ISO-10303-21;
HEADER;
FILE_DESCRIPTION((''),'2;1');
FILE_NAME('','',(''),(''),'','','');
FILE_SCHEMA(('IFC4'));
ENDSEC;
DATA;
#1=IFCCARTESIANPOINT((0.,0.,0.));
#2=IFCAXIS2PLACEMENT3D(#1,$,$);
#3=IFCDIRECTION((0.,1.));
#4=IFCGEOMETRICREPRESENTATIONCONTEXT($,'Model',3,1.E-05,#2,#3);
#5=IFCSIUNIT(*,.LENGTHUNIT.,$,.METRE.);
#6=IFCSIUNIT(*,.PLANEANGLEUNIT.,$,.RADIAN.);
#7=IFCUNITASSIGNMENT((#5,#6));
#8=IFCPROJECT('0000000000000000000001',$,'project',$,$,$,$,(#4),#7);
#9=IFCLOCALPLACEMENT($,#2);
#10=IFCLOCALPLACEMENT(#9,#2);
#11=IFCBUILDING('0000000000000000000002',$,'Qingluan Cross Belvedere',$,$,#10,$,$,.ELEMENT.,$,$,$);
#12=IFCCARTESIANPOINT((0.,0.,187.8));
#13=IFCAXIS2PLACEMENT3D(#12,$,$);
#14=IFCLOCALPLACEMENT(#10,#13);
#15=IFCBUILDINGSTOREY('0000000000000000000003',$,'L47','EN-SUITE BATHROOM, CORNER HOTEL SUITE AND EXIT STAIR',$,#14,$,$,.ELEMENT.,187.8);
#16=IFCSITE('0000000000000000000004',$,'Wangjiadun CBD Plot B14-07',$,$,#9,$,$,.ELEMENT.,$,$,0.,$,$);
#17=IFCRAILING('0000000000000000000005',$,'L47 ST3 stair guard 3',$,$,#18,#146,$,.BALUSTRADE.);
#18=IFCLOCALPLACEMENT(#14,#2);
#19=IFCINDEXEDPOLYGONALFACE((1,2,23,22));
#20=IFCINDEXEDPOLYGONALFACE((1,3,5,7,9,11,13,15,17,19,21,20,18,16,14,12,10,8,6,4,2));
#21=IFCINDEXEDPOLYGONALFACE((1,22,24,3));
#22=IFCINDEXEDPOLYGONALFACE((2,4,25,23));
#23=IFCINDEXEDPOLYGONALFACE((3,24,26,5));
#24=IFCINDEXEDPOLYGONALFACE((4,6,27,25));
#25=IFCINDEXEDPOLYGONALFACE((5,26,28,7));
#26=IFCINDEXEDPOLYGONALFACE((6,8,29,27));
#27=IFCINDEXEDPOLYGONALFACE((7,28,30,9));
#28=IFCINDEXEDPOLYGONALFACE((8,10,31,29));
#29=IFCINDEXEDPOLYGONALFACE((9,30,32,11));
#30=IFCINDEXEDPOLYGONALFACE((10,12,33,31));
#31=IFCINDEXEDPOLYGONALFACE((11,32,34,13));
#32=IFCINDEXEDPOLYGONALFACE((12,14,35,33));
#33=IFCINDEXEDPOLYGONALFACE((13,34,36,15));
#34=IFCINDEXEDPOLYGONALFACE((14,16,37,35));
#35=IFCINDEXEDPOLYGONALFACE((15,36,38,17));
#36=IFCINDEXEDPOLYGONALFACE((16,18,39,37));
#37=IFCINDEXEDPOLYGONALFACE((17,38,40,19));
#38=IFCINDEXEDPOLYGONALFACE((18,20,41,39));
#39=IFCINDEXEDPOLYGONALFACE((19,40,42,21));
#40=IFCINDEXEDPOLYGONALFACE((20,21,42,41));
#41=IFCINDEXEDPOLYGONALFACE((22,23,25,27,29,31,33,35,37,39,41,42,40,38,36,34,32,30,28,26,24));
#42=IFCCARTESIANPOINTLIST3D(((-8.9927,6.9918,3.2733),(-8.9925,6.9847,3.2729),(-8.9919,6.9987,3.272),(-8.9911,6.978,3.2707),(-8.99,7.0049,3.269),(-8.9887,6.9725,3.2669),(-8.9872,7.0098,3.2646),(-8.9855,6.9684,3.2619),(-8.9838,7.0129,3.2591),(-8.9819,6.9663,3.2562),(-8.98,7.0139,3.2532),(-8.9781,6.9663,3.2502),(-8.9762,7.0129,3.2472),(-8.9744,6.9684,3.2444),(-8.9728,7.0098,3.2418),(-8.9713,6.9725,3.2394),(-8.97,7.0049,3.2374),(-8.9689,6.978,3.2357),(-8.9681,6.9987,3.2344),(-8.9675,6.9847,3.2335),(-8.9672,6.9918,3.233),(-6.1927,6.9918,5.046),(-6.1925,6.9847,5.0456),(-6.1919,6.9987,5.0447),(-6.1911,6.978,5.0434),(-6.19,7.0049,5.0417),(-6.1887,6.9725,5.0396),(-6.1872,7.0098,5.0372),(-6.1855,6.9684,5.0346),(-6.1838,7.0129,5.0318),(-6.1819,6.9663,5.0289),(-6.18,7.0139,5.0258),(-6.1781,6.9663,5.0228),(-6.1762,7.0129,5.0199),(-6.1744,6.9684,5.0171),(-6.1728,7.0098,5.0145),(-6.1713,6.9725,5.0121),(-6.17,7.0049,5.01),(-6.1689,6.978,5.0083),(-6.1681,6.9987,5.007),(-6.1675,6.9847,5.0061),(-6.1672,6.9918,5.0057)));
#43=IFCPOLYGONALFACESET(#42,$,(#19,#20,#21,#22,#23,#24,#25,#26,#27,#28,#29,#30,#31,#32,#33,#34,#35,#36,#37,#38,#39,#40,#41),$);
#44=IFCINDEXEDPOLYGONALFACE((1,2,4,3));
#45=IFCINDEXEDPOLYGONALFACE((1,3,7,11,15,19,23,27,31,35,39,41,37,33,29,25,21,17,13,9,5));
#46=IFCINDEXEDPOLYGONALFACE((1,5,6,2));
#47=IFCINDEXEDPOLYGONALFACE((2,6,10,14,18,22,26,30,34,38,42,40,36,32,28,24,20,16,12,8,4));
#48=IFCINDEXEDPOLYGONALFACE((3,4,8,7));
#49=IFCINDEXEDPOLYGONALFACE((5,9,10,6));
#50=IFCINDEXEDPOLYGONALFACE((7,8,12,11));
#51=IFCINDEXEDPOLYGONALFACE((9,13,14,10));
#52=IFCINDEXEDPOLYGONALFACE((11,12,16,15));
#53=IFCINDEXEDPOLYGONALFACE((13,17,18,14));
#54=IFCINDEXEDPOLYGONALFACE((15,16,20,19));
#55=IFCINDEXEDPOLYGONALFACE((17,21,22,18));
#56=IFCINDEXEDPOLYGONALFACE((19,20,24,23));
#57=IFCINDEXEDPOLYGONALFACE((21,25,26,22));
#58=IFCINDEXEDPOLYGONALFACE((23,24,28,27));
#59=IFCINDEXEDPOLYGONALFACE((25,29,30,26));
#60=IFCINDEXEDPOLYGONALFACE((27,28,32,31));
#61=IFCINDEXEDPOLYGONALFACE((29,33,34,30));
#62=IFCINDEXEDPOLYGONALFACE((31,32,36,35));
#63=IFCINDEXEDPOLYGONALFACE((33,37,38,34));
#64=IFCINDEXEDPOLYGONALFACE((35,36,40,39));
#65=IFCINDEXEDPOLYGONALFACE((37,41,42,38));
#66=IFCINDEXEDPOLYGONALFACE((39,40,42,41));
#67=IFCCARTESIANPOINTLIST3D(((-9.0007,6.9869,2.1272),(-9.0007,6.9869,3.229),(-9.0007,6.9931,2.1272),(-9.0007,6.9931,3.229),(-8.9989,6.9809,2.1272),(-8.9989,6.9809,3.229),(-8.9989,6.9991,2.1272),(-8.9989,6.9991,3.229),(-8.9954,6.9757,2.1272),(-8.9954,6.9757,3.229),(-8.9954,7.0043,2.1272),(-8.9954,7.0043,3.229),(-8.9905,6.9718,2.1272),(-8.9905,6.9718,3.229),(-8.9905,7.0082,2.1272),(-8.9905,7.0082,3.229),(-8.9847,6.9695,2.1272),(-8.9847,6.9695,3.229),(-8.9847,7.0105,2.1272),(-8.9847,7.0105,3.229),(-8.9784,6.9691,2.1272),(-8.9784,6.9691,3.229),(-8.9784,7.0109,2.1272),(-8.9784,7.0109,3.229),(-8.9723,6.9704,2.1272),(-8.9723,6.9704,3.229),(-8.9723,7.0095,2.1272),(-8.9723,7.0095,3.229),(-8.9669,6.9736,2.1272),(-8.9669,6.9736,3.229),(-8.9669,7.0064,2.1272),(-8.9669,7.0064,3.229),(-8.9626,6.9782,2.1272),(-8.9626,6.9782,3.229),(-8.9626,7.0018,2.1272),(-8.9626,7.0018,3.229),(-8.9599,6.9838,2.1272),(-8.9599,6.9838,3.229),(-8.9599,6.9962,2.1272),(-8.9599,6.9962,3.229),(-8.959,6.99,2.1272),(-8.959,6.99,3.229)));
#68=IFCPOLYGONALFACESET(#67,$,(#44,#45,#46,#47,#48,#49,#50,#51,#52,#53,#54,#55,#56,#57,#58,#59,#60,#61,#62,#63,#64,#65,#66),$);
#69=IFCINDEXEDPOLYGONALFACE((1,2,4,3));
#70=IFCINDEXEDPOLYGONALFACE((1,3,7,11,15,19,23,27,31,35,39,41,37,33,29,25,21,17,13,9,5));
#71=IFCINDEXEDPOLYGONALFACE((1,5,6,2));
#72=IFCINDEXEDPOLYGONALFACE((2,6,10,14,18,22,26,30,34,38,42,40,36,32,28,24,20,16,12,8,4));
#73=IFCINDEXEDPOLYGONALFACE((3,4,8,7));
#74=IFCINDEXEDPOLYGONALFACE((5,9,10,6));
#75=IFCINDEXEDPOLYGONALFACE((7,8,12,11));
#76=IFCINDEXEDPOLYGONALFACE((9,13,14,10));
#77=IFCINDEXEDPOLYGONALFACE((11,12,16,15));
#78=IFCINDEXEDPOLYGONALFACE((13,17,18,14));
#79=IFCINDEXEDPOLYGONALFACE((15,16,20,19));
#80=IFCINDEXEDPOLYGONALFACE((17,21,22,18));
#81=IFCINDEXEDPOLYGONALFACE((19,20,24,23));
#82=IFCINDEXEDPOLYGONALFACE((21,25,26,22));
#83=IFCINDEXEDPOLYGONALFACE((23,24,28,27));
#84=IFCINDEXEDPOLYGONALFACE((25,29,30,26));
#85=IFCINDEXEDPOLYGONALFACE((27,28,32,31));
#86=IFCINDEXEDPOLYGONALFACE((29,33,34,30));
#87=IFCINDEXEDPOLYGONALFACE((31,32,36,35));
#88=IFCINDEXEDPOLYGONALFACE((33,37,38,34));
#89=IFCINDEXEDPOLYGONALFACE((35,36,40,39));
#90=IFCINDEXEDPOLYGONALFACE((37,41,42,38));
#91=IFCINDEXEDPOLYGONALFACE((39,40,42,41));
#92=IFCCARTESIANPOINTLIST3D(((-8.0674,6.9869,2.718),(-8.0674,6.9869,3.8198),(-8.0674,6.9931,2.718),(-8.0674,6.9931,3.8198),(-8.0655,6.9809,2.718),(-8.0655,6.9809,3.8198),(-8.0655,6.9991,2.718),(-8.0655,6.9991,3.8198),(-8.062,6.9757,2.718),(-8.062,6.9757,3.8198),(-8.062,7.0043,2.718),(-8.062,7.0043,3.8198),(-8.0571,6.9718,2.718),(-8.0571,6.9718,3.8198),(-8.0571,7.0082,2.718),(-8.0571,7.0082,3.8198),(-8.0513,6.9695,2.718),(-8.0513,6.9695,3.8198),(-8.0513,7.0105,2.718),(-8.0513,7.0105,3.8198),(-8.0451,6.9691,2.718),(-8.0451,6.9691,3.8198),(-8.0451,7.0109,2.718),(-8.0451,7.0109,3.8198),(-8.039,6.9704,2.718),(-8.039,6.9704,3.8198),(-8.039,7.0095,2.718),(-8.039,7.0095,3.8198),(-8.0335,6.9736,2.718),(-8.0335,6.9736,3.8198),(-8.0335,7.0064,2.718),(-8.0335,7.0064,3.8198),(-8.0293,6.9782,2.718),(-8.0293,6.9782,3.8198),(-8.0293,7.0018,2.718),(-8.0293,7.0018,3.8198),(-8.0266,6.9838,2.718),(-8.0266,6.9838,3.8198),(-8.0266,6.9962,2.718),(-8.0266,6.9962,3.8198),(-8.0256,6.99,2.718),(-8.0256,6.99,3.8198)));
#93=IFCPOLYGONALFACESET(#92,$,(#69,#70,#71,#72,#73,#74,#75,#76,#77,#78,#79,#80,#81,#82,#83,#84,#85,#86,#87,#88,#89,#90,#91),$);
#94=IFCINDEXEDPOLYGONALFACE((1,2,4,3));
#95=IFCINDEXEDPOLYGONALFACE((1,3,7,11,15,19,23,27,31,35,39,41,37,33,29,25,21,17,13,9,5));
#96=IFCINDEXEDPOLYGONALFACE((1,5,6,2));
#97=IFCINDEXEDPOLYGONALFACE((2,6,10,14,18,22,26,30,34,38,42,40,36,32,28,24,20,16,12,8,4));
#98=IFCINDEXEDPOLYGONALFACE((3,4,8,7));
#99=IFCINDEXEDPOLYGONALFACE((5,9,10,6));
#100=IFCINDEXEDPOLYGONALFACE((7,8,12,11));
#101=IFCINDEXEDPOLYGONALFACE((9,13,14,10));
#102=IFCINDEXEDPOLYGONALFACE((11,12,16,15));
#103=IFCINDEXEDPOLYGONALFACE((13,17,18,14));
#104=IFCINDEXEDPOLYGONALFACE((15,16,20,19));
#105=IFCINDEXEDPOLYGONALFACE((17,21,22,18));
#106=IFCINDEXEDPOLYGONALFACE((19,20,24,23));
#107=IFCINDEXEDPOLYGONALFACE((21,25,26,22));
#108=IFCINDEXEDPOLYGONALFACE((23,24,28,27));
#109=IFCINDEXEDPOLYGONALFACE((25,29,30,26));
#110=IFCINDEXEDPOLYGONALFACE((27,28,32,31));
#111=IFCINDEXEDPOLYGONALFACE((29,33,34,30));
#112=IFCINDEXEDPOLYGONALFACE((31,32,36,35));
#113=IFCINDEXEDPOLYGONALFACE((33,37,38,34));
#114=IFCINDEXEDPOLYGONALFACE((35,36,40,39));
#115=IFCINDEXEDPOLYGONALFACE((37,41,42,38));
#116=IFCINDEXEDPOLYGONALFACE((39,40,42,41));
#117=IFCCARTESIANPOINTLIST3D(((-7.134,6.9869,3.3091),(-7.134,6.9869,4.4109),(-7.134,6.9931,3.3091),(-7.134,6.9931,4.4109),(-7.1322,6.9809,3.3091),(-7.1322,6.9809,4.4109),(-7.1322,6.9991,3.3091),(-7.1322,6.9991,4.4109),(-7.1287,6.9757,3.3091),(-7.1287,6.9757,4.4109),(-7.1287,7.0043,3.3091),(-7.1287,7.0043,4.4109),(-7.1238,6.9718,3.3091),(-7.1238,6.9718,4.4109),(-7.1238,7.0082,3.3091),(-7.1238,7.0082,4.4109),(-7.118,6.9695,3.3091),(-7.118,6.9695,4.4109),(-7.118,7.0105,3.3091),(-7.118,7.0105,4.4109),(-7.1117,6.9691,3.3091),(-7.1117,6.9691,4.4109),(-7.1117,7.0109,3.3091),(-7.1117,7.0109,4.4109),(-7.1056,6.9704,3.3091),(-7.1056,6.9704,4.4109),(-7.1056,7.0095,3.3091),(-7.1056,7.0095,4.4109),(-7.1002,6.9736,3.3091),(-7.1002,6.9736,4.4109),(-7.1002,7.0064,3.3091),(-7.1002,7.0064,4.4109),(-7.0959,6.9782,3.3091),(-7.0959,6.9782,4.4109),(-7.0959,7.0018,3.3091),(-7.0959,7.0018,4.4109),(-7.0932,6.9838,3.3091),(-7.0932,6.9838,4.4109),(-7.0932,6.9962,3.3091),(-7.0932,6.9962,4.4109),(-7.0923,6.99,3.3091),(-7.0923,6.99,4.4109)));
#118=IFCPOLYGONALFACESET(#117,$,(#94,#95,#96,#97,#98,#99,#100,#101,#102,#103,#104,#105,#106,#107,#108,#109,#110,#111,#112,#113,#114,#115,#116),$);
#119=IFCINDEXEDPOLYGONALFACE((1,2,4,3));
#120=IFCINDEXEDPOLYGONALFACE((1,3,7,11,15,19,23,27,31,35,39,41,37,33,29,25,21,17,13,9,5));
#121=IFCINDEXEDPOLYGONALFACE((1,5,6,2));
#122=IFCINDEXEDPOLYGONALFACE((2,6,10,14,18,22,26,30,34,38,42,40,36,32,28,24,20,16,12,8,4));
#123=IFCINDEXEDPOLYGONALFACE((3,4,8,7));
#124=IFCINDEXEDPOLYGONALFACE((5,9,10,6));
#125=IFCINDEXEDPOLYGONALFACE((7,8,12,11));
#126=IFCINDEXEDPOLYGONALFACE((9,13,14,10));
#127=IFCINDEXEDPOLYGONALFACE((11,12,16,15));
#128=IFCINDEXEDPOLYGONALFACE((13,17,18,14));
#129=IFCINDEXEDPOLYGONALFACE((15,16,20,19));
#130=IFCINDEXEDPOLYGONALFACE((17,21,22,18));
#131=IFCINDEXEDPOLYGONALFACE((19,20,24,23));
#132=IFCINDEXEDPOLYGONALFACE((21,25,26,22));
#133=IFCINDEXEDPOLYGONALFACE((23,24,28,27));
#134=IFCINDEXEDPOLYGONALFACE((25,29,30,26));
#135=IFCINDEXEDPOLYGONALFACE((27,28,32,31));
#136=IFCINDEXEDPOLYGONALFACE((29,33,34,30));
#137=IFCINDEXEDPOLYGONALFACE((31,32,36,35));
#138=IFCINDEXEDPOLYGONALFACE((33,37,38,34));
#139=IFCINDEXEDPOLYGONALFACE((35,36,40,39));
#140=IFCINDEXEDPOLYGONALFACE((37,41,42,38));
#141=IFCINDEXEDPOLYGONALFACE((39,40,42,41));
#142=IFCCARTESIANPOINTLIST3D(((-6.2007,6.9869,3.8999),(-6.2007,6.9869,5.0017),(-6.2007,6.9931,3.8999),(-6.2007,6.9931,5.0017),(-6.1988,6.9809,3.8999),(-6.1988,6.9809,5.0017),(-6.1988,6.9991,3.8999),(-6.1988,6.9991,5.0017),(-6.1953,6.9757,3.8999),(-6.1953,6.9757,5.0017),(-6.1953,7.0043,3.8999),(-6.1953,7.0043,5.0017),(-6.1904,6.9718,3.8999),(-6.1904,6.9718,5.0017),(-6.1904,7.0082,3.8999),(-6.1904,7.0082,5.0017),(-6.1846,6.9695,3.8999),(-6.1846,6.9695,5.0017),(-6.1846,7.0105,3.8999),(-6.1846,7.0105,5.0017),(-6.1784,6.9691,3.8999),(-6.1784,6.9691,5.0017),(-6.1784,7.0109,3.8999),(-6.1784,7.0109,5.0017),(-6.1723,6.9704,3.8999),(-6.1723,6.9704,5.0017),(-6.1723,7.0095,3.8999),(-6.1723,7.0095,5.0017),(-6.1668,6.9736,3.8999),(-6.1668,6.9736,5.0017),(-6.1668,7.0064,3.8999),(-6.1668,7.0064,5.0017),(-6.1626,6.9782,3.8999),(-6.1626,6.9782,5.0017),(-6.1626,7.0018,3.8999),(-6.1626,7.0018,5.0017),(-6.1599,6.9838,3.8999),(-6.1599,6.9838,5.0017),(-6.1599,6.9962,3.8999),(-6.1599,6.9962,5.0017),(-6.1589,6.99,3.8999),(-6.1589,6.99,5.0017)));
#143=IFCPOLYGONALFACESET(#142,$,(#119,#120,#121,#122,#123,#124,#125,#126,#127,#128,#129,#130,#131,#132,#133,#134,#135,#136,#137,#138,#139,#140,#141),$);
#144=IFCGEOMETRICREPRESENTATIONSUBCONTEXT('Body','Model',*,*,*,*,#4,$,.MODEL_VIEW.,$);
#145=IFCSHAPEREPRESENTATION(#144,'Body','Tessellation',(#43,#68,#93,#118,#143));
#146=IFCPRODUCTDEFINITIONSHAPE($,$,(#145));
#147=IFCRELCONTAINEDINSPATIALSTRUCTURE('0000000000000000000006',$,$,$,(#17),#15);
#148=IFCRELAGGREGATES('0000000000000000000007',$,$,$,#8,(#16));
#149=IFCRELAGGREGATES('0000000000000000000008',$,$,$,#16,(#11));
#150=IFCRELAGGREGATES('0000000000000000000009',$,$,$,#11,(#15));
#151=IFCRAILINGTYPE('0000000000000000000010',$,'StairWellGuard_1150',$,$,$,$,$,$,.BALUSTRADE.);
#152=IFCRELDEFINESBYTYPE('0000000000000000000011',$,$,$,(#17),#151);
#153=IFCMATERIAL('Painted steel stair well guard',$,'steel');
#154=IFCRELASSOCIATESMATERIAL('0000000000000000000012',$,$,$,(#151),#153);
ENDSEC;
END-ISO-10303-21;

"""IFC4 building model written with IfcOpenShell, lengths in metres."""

from ifc_helpers import new_model, si_unit, direction, frame, origin, origin_2d, place, context, subcontext, project, spatial, circle, extrude, material, type_object, element, save


model = new_model("IFC4")

# Units and contexts
model_context = context("Model", 3, precision=1e-05, world=origin(), true_north=direction((0.0, 1.0)))
body_context = subcontext(model_context, "Body", "Model", "MODEL_VIEW")
ifc_project = project(units=[si_unit("LENGTHUNIT", "METRE"), si_unit("PLANEANGLEUNIT", "RADIAN")], contexts=[model_context])

# Site, building, storey
site_placement = place(None, origin())
site = spatial("IfcSite", under=ifc_project, at=site_placement, Name="Wangjiadun CBD Plot B14-07", CompositionType="ELEMENT", RefElevation=0.0)
building_placement = place(site_placement, origin())
building = spatial("IfcBuilding", under=site, at=building_placement, Name="Qingluan Cross Belvedere", CompositionType="ELEMENT")
storey_placement = place(building_placement, frame((0.0, 0.0, 187.8)))
storey = spatial("IfcBuildingStorey", under=building, at=storey_placement, Name="L47", Description="EN-SUITE BATHROOM, CORNER HOTEL SUITE AND EXIT STAIR", CompositionType="ELEMENT", Elevation=187.8)

# Railing
ifc_material_1 = material(Name="Painted steel stair well guard", Category="steel")
railing_type_1 = type_object("IfcRailingType", Name="StairWellGuard_1150", PredefinedType="BALUSTRADE", material=ifc_material_1)
railing_1_placement = place(storey_placement, frame((-8.98, 6.99, 2.1272)))
element("IfcRailing", 1, at=railing_1_placement, inside=storey, type_object=railing_type_1, Name="L47 ST3 stair guard 3", PredefinedType="BALUSTRADE", context=body_context, shape_type="SweptSolid", body=[
    extrude(circle(Radius=0.0239, at=origin_2d()), frame((0.0, 0.0, 1.126), z_axis=(0.844909, 0.0, 0.53491), x_axis=(0.0, 1.0, 0.0)), (0.0, 0.0, 1.0), 3.314),
    extrude(circle(Radius=0.021, at=origin_2d()), origin(), (0.0, 0.0, 1.0), 1.1018),
    extrude(circle(Radius=0.021, at=origin_2d()), frame((0.9333, 0.0, 0.5908)), (0.0, 0.0, 1.0), 1.1018),
    extrude(circle(Radius=0.021, at=origin_2d()), frame((1.8667, 0.0, 1.1819)), (0.0, 0.0, 1.0), 1.1018),
    extrude(circle(Radius=0.021, at=origin_2d()), frame((2.8, 0.0, 1.7727)), (0.0, 0.0, 1.0), 1.1018),
])

save(model, "model.ifc")
